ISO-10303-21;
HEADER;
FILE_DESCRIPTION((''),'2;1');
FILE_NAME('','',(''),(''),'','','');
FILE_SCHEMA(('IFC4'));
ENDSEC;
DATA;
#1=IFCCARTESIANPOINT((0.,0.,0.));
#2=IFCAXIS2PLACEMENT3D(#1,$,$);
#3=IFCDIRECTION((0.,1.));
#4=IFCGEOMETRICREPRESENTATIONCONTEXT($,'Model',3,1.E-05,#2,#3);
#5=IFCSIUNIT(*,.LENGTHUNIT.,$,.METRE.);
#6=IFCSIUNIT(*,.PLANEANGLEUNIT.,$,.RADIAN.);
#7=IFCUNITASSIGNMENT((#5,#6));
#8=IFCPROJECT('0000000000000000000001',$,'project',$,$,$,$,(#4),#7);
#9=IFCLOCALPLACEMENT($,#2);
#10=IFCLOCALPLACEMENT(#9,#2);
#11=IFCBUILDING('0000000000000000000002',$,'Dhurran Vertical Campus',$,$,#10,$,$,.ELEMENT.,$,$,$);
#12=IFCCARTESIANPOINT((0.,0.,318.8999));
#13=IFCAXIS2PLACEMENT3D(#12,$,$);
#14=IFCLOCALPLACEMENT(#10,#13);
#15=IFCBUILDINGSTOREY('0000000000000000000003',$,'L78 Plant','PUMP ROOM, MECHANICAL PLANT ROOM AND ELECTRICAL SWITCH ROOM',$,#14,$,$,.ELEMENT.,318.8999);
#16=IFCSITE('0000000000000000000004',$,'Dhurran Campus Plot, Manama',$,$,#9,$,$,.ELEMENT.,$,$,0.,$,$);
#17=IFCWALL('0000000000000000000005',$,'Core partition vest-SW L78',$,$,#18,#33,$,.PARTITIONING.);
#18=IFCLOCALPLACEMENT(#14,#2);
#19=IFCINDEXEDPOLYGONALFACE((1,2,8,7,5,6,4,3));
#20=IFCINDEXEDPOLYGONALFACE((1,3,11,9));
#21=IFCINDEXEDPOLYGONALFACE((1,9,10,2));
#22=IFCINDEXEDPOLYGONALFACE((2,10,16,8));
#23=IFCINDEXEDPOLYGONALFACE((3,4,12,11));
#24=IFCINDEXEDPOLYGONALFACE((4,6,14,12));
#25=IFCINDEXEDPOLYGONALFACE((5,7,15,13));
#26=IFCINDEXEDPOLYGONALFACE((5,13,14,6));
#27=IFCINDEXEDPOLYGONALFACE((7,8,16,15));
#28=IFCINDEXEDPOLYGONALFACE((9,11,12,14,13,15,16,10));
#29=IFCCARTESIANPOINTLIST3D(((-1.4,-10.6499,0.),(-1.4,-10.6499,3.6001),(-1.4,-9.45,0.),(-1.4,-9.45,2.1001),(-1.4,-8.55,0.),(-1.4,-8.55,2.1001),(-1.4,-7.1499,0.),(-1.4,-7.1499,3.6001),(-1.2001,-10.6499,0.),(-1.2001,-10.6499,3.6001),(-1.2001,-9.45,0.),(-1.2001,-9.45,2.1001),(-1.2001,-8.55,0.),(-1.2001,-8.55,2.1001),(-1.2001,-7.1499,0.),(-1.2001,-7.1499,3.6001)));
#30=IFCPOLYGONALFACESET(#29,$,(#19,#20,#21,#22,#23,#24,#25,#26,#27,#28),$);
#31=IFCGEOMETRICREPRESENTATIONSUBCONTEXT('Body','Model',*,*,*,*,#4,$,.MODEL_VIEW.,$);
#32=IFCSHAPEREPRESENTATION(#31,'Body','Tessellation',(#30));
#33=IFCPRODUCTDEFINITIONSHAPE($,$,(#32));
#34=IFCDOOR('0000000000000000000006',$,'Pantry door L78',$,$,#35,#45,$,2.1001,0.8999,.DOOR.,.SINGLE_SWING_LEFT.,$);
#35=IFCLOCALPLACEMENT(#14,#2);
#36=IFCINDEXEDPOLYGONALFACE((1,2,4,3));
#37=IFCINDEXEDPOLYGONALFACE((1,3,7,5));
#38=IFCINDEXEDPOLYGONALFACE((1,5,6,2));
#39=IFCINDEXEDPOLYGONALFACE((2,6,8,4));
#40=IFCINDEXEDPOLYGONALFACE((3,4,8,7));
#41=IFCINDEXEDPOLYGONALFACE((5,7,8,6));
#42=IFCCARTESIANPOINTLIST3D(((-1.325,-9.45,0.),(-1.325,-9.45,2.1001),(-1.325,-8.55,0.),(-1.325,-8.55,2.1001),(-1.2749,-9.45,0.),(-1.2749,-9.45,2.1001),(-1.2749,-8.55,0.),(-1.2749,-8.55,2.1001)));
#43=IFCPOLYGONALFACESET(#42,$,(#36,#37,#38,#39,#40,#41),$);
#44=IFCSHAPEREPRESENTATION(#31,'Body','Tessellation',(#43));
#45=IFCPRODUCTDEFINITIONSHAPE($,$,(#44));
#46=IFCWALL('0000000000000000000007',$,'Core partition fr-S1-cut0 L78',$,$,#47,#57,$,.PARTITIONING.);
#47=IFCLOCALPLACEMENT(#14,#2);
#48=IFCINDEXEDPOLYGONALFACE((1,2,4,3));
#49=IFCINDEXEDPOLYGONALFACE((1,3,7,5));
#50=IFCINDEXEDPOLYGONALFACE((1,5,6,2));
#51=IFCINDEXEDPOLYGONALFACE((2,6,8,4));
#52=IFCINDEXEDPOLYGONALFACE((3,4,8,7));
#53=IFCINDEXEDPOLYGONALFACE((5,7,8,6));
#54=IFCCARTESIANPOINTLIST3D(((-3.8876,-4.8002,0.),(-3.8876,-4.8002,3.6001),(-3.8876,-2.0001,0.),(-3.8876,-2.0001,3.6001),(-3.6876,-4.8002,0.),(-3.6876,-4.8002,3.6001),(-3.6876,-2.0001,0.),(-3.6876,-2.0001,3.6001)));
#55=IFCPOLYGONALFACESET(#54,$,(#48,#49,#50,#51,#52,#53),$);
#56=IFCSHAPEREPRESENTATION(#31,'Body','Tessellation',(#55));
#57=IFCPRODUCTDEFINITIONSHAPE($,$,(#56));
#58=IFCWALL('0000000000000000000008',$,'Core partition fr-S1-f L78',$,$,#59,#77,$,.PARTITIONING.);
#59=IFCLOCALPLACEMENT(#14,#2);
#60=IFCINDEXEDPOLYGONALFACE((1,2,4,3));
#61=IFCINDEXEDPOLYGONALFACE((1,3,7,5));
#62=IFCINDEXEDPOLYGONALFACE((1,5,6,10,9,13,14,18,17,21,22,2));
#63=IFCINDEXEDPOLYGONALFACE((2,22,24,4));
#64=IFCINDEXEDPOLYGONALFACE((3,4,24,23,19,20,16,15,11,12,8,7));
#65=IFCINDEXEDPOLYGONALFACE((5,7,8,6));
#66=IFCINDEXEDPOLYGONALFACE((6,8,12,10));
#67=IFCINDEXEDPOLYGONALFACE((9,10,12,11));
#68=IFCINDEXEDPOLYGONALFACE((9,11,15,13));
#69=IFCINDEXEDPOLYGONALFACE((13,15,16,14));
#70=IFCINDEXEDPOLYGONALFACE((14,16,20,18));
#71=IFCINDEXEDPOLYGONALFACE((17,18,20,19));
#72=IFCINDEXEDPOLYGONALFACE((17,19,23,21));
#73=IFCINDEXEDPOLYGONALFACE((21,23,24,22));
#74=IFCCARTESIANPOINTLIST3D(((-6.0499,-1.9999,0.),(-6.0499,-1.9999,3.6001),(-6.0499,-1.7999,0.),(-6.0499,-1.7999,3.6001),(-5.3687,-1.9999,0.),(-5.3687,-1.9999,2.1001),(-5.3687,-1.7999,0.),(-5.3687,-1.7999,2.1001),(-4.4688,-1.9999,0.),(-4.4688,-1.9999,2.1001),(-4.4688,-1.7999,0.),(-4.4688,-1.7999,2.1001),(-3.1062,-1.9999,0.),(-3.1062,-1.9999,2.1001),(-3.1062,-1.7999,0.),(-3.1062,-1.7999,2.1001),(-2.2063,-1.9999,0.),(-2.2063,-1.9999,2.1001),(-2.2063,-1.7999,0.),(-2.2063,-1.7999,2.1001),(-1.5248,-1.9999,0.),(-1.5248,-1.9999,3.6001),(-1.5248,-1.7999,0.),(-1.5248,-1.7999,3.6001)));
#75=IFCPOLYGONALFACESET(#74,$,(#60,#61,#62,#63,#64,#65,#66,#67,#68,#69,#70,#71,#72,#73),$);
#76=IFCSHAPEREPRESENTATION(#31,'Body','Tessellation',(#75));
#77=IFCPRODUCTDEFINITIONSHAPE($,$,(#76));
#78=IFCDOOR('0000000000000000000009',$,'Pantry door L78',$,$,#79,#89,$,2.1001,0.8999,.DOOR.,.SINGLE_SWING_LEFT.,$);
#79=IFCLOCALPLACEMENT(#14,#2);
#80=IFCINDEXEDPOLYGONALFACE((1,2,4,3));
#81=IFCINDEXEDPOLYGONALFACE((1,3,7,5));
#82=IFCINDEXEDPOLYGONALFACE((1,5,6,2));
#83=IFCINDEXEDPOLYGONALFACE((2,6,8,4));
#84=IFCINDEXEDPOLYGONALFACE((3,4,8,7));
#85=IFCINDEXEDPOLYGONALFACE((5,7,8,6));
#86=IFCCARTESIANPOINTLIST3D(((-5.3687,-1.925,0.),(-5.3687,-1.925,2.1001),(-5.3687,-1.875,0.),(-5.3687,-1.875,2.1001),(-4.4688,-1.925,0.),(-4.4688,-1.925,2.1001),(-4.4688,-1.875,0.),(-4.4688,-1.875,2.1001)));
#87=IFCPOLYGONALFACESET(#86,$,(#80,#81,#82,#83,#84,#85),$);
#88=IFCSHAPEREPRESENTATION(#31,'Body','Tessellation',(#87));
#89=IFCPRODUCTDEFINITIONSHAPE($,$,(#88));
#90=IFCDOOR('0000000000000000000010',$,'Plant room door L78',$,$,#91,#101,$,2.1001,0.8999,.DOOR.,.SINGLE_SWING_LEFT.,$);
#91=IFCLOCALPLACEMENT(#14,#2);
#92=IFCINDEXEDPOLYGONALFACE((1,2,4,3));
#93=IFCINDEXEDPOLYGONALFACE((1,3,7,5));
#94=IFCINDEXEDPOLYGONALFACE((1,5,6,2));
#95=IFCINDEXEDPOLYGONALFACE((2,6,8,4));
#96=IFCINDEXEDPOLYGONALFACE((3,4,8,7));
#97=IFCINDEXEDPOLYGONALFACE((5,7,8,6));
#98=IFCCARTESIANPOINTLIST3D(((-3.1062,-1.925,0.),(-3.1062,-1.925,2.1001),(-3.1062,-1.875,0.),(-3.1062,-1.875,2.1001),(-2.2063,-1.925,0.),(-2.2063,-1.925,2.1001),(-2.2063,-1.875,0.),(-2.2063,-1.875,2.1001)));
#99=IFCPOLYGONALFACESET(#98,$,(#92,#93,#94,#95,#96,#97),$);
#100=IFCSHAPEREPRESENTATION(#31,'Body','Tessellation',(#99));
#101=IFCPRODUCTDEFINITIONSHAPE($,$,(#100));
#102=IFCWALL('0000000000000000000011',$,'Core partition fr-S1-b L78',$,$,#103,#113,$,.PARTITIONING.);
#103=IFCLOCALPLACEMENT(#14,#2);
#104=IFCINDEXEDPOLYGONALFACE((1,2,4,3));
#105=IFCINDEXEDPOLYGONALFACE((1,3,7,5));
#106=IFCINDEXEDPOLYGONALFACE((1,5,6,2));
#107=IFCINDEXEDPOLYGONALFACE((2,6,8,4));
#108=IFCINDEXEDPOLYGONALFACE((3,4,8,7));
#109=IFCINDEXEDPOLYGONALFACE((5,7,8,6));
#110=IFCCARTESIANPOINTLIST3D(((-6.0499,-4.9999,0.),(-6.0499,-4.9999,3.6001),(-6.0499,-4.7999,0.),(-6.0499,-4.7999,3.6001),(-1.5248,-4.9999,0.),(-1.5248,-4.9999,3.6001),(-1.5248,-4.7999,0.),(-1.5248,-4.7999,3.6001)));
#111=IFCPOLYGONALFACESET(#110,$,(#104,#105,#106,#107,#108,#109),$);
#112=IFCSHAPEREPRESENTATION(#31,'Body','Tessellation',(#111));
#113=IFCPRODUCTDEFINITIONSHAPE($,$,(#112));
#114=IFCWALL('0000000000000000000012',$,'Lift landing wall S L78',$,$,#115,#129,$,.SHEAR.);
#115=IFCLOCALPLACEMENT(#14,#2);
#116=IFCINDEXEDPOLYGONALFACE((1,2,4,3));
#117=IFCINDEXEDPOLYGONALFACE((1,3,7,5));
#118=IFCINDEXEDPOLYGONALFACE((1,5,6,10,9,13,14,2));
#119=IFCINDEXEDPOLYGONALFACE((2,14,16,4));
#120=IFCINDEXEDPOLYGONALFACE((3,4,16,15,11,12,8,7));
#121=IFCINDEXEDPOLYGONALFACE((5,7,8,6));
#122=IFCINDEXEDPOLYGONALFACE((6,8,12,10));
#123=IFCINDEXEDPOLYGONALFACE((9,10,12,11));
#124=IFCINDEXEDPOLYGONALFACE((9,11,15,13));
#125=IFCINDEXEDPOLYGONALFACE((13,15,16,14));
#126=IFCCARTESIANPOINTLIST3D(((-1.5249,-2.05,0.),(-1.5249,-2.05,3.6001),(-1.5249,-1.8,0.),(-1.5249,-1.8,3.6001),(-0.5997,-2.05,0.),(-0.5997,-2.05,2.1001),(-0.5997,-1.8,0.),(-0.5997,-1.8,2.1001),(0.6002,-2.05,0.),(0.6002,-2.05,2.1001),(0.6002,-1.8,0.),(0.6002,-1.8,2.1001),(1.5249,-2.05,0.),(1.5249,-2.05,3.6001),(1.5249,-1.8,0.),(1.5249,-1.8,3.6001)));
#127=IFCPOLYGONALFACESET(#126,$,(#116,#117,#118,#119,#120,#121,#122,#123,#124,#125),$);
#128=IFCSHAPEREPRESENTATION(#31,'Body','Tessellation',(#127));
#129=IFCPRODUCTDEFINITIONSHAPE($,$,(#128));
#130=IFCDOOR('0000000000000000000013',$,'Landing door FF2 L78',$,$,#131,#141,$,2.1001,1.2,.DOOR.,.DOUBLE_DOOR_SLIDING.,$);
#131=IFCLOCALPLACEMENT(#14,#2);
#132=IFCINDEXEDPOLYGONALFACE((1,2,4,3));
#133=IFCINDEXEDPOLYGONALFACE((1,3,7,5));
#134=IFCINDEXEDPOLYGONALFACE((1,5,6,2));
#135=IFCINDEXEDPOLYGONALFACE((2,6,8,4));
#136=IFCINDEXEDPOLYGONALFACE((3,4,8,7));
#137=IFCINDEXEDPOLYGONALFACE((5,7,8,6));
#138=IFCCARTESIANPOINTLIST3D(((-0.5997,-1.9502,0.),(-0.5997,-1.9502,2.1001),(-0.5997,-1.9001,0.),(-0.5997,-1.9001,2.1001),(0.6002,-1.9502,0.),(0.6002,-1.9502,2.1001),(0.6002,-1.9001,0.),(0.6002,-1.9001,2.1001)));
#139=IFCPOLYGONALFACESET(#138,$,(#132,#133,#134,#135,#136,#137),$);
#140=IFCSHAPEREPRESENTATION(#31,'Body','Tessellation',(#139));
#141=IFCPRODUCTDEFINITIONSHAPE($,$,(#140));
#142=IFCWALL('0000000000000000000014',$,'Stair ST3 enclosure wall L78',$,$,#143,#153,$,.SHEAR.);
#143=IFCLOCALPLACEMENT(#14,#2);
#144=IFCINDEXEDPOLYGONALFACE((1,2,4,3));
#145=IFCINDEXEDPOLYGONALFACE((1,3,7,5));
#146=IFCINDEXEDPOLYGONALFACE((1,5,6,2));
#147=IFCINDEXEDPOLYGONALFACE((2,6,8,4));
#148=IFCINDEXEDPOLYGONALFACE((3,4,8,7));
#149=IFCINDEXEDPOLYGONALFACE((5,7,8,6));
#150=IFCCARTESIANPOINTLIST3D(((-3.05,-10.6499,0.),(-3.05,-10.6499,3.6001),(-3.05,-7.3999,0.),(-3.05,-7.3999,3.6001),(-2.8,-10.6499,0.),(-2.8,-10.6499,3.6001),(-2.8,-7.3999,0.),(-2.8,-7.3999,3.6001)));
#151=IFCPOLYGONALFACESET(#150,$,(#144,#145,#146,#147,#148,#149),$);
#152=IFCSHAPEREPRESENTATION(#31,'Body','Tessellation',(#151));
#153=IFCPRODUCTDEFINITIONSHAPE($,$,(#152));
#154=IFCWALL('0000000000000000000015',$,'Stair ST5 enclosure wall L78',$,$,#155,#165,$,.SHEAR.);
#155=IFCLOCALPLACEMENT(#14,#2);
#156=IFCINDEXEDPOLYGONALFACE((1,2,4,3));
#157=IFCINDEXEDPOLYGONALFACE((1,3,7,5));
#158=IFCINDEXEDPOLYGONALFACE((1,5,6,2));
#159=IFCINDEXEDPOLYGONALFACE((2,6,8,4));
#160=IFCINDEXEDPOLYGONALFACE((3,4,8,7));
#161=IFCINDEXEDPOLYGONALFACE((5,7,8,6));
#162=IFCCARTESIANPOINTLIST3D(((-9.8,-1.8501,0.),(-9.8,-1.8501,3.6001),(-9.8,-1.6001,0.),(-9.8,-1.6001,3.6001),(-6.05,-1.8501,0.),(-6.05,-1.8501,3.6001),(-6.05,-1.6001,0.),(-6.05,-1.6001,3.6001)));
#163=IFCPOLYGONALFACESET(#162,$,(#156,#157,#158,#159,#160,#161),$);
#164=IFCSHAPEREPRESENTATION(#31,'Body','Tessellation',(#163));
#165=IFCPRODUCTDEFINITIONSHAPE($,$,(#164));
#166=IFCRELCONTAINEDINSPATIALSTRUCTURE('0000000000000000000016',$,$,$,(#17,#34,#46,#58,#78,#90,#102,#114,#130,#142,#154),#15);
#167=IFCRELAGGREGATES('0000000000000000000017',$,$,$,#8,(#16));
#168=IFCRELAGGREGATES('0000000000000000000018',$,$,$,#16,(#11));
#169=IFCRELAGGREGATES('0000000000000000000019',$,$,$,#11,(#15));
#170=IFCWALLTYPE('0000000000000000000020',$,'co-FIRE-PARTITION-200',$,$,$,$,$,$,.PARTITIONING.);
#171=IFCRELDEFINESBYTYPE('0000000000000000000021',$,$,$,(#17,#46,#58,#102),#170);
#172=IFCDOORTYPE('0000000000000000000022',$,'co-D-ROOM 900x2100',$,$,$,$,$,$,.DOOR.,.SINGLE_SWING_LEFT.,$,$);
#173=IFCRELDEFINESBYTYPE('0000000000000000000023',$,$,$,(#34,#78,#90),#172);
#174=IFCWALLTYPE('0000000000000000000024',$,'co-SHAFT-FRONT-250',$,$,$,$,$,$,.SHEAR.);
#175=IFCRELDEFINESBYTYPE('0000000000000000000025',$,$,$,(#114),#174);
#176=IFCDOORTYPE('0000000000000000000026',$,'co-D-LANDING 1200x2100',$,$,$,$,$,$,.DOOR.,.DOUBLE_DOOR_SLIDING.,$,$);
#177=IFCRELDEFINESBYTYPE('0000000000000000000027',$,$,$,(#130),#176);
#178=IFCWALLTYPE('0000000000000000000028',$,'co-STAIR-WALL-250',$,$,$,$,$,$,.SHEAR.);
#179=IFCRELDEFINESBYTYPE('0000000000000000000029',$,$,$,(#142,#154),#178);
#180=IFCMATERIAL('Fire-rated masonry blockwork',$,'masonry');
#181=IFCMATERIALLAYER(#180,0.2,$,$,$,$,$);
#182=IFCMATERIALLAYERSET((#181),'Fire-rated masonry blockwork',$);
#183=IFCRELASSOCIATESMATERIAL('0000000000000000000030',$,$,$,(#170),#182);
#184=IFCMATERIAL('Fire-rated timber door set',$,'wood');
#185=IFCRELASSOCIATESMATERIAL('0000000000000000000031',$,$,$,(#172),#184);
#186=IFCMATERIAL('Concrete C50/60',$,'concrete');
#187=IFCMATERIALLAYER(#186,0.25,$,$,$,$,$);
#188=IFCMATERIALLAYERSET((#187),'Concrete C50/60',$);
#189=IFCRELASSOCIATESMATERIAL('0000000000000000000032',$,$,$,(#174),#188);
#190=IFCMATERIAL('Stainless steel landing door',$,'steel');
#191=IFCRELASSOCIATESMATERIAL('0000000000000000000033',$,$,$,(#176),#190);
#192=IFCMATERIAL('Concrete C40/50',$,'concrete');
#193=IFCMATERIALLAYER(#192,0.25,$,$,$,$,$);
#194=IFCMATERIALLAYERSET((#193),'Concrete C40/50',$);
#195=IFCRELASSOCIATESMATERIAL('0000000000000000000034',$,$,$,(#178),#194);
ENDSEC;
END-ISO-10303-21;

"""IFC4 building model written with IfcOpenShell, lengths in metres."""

from ifc_helpers import new_model, si_unit, direction, frame, frame_2d, origin, place, context, subcontext, project, spatial, rectangle, extrude, material, layer, layer_set, type_object, element, fill, save


model = new_model("IFC4")

# Units and contexts
model_context = context("Model", 3, precision=1e-05, world=origin(), true_north=direction((0.0, 1.0)))
body_context = subcontext(model_context, "Body", "Model", "MODEL_VIEW")
ifc_project = project(units=[si_unit("LENGTHUNIT", "METRE"), si_unit("PLANEANGLEUNIT", "RADIAN")], contexts=[model_context])

# Site, building, storey
site_placement = place(None, origin())
site = spatial("IfcSite", under=ifc_project, at=site_placement, Name="Dhurran Campus Plot, Manama", CompositionType="ELEMENT", RefElevation=0.0)
building_placement = place(site_placement, origin())
building = spatial("IfcBuilding", under=site, at=building_placement, Name="Dhurran Vertical Campus", CompositionType="ELEMENT")
storey_placement = place(building_placement, frame((0.0, 0.0, 318.8999)))
storey = spatial("IfcBuildingStorey", under=building, at=storey_placement, Name="L78 Plant", Description="PUMP ROOM, MECHANICAL PLANT ROOM AND ELECTRICAL SWITCH ROOM", CompositionType="ELEMENT", Elevation=318.8999)

# Shared definitions
ifc_material_1 = material(Name="Fire-rated masonry blockwork", Category="masonry")
ifc_layer_1 = layer(ifc_material_1, 0.2)
ifc_layer_set_1 = layer_set([ifc_layer_1], Name="Fire-rated masonry blockwork")
wall_type_1 = type_object("IfcWallType", Name="co-FIRE-PARTITION-200", PredefinedType="PARTITIONING", material=ifc_layer_set_1)

# Wall, opening, door
wall_1_placement = place(storey_placement, frame((-1.3, -10.6499, 0.0), z_axis=(0.0, 0.0, 1.0), x_axis=(0.0, 1.0, 0.0)))
wall_1 = element("IfcWall", 1, at=wall_1_placement, inside=storey, type_object=wall_type_1, Name="Core partition vest-SW L78", PredefinedType="PARTITIONING", context=body_context, shape_type="SweptSolid", body=[
    extrude(rectangle(XDim=3.5, YDim=0.2, at=frame_2d((1.75, 0.0))), origin(), (0.0, 0.0, 1.0), 3.6001),
])
opening_1_placement = place(wall_1_placement, frame((1.2, 0.0, 0.0)))
opening_1 = element("IfcOpeningElement", 2, at=opening_1_placement, cuts=wall_1, PredefinedType="OPENING", context=body_context, shape_type="SweptSolid", body=[
    extrude(rectangle(XDim=0.8999, YDim=2.1001, at=frame_2d((0.45, 1.05))), frame((0.0, 0.1099, 0.0), z_axis=(0.0, -1.0, 0.0), x_axis=(1.0, 0.0, 0.0)), (0.0, 0.0, 1.0), 0.22),
])
ifc_material_2 = material(Name="Fire-rated timber door set", Category="wood")
door_type_1 = type_object("IfcDoorType", Name="co-D-ROOM 900x2100", OperationType="SINGLE_SWING_LEFT", PredefinedType="DOOR", material=ifc_material_2)
door_1_placement = place(opening_1_placement, origin())
door_1 = element("IfcDoor", 3, at=door_1_placement, inside=storey, type_object=door_type_1, Name="Pantry door L78", OperationType="SINGLE_SWING_LEFT", OverallHeight=2.1001, OverallWidth=0.8999, PredefinedType="DOOR", context=body_context, shape_type="SweptSolid", body=[
    extrude(rectangle(XDim=0.8999, YDim=2.1001, at=frame_2d((0.45, 1.05))), frame((0.0, 0.0249, 0.0), z_axis=(0.0, -1.0, 0.0), x_axis=(1.0, 0.0, 0.0)), (0.0, 0.0, 1.0), 0.05),
])
fill(opening_1, door_1)

# Wall
wall_2_placement = place(storey_placement, frame((-3.7876, -4.8, 0.0), z_axis=(0.0, 0.0, 1.0), x_axis=(0.0, 1.0, 0.0)))
element("IfcWall", 4, at=wall_2_placement, inside=storey, type_object=wall_type_1, Name="Core partition fr-S1-cut0 L78", PredefinedType="PARTITIONING", context=body_context, shape_type="SweptSolid", body=[
    extrude(rectangle(XDim=2.8, YDim=0.2, at=frame_2d((1.3999, 0.0))), origin(), (0.0, 0.0, 1.0), 3.6001),
])

# Wall, openings, doors
wall_3_placement = place(storey_placement, frame((-6.05, -1.8999, 0.0), z_axis=(0.0, 0.0, 1.0), x_axis=(1.0, 0.0, 0.0)))
wall_3 = element("IfcWall", 5, at=wall_3_placement, inside=storey, type_object=wall_type_1, Name="Core partition fr-S1-f L78", PredefinedType="PARTITIONING", context=body_context, shape_type="SweptSolid", body=[
    extrude(rectangle(XDim=4.5251, YDim=0.2, at=frame_2d((2.2627, 0.0))), origin(), (0.0, 0.0, 1.0), 3.6001),
])
opening_2_placement = place(wall_3_placement, frame((0.6814, 0.0, 0.0)))
opening_2 = element("IfcOpeningElement", 6, at=opening_2_placement, cuts=wall_3, PredefinedType="OPENING", context=body_context, shape_type="SweptSolid", body=[
    extrude(rectangle(XDim=0.8999, YDim=2.1001, at=frame_2d((0.45, 1.05))), frame((0.0, 0.1099, 0.0), z_axis=(0.0, -1.0, 0.0), x_axis=(1.0, 0.0, 0.0)), (0.0, 0.0, 1.0), 0.22),
])
opening_3_placement = place(wall_3_placement, frame((2.9438, 0.0, 0.0)))
opening_3 = element("IfcOpeningElement", 7, at=opening_3_placement, cuts=wall_3, PredefinedType="OPENING", context=body_context, shape_type="SweptSolid", body=[
    extrude(rectangle(XDim=0.8999, YDim=2.1001, at=frame_2d((0.45, 1.05))), frame((0.0, 0.1099, 0.0), z_axis=(0.0, -1.0, 0.0), x_axis=(1.0, 0.0, 0.0)), (0.0, 0.0, 1.0), 0.22),
])
door_2_placement = place(opening_2_placement, origin())
door_2 = element("IfcDoor", 8, at=door_2_placement, inside=storey, type_object=door_type_1, Name="Pantry door L78", OperationType="SINGLE_SWING_LEFT", OverallHeight=2.1001, OverallWidth=0.8999, PredefinedType="DOOR", context=body_context, shape_type="SweptSolid", body=[
    extrude(rectangle(XDim=0.8999, YDim=2.1001, at=frame_2d((0.45, 1.05))), frame((0.0, 0.0249, 0.0), z_axis=(0.0, -1.0, 0.0), x_axis=(1.0, 0.0, 0.0)), (0.0, 0.0, 1.0), 0.05),
])
fill(opening_2, door_2)
door_3_placement = place(opening_3_placement, origin())
door_3 = element("IfcDoor", 9, at=door_3_placement, inside=storey, type_object=door_type_1, Name="Plant room door L78", OperationType="SINGLE_SWING_LEFT", OverallHeight=2.1001, OverallWidth=0.8999, PredefinedType="DOOR", context=body_context, shape_type="SweptSolid", body=[
    extrude(rectangle(XDim=0.8999, YDim=2.1001, at=frame_2d((0.45, 1.05))), frame((0.0, 0.0249, 0.0), z_axis=(0.0, -1.0, 0.0), x_axis=(1.0, 0.0, 0.0)), (0.0, 0.0, 1.0), 0.05),
])
fill(opening_3, door_3)

# Wall
wall_4_placement = place(storey_placement, frame((-6.05, -4.8999, 0.0), z_axis=(0.0, 0.0, 1.0), x_axis=(1.0, 0.0, 0.0)))
element("IfcWall", 10, at=wall_4_placement, inside=storey, type_object=wall_type_1, Name="Core partition fr-S1-b L78", PredefinedType="PARTITIONING", context=body_context, shape_type="SweptSolid", body=[
    extrude(rectangle(XDim=4.5251, YDim=0.2, at=frame_2d((2.2627, 0.0))), origin(), (0.0, 0.0, 1.0), 3.6001),
])

# Wall, opening, door
ifc_material_3 = material(Name="Concrete C50/60", Category="concrete")
ifc_layer_2 = layer(ifc_material_3, 0.25)
ifc_layer_set_2 = layer_set([ifc_layer_2], Name="Concrete C50/60")
wall_type_2 = type_object("IfcWallType", Name="co-SHAFT-FRONT-250", PredefinedType="SHEAR", material=ifc_layer_set_2)
wall_5_placement = place(storey_placement, frame((-1.5249, -1.925, 0.0), z_axis=(0.0, 0.0, 1.0), x_axis=(1.0, 0.0, 0.0)))
wall_5 = element("IfcWall", 11, at=wall_5_placement, inside=storey, type_object=wall_type_2, Name="Lift landing wall S L78", PredefinedType="SHEAR", context=body_context, shape_type="SweptSolid", body=[
    extrude(rectangle(XDim=3.0498, YDim=0.25, at=frame_2d((1.5249, 0.0))), origin(), (0.0, 0.0, 1.0), 3.6001),
])
opening_4_placement = place(wall_5_placement, frame((0.925, 0.0, 0.0)))
opening_4 = element("IfcOpeningElement", 12, at=opening_4_placement, cuts=wall_5, PredefinedType="OPENING", context=body_context, shape_type="SweptSolid", body=[
    extrude(rectangle(XDim=1.2, YDim=2.1001, at=frame_2d((0.6001, 1.05))), frame((0.0, 0.135, 0.0), z_axis=(0.0, -1.0, 0.0), x_axis=(1.0, 0.0, 0.0)), (0.0, 0.0, 1.0), 0.27),
])
ifc_material_4 = material(Name="Stainless steel landing door", Category="steel")
door_type_2 = type_object("IfcDoorType", Name="co-D-LANDING 1200x2100", OperationType="DOUBLE_DOOR_SLIDING", PredefinedType="DOOR", material=ifc_material_4)
door_4_placement = place(opening_4_placement, origin())
door_4 = element("IfcDoor", 13, at=door_4_placement, inside=storey, type_object=door_type_2, Name="Landing door FF2 L78", OperationType="DOUBLE_DOOR_SLIDING", OverallHeight=2.1001, OverallWidth=1.2, PredefinedType="DOOR", context=body_context, shape_type="SweptSolid", body=[
    extrude(rectangle(XDim=1.2, YDim=2.1001, at=frame_2d((0.6001, 1.05))), frame((0.0, 0.0249, 0.0), z_axis=(0.0, -1.0, 0.0), x_axis=(1.0, 0.0, 0.0)), (0.0, 0.0, 1.0), 0.05),
])
fill(opening_4, door_4)

# Walls
ifc_material_5 = material(Name="Concrete C40/50", Category="concrete")
ifc_layer_3 = layer(ifc_material_5, 0.25)
ifc_layer_set_3 = layer_set([ifc_layer_3], Name="Concrete C40/50")
wall_type_3 = type_object("IfcWallType", Name="co-STAIR-WALL-250", PredefinedType="SHEAR", material=ifc_layer_set_3)
wall_6_placement = place(storey_placement, frame((-2.925, -10.6499, 0.0), z_axis=(0.0, 0.0, 1.0), x_axis=(0.0, 1.0, 0.0)))
element("IfcWall", 14, at=wall_6_placement, inside=storey, type_object=wall_type_3, Name="Stair ST3 enclosure wall L78", PredefinedType="SHEAR", context=body_context, shape_type="SweptSolid", body=[
    extrude(rectangle(XDim=3.25, YDim=0.25, at=frame_2d((1.625, 0.0))), origin(), (0.0, 0.0, 1.0), 3.6001),
])
wall_7_placement = place(storey_placement, frame((-9.8, -1.7251, 0.0), z_axis=(0.0, 0.0, 1.0), x_axis=(1.0, 0.0, 0.0)))
element("IfcWall", 15, at=wall_7_placement, inside=storey, type_object=wall_type_3, Name="Stair ST5 enclosure wall L78", PredefinedType="SHEAR", context=body_context, shape_type="SweptSolid", body=[
    extrude(rectangle(XDim=3.75, YDim=0.25, at=frame_2d((1.875, 0.0))), origin(), (0.0, 0.0, 1.0), 3.6001),
])

save(model, "model.ifc")
